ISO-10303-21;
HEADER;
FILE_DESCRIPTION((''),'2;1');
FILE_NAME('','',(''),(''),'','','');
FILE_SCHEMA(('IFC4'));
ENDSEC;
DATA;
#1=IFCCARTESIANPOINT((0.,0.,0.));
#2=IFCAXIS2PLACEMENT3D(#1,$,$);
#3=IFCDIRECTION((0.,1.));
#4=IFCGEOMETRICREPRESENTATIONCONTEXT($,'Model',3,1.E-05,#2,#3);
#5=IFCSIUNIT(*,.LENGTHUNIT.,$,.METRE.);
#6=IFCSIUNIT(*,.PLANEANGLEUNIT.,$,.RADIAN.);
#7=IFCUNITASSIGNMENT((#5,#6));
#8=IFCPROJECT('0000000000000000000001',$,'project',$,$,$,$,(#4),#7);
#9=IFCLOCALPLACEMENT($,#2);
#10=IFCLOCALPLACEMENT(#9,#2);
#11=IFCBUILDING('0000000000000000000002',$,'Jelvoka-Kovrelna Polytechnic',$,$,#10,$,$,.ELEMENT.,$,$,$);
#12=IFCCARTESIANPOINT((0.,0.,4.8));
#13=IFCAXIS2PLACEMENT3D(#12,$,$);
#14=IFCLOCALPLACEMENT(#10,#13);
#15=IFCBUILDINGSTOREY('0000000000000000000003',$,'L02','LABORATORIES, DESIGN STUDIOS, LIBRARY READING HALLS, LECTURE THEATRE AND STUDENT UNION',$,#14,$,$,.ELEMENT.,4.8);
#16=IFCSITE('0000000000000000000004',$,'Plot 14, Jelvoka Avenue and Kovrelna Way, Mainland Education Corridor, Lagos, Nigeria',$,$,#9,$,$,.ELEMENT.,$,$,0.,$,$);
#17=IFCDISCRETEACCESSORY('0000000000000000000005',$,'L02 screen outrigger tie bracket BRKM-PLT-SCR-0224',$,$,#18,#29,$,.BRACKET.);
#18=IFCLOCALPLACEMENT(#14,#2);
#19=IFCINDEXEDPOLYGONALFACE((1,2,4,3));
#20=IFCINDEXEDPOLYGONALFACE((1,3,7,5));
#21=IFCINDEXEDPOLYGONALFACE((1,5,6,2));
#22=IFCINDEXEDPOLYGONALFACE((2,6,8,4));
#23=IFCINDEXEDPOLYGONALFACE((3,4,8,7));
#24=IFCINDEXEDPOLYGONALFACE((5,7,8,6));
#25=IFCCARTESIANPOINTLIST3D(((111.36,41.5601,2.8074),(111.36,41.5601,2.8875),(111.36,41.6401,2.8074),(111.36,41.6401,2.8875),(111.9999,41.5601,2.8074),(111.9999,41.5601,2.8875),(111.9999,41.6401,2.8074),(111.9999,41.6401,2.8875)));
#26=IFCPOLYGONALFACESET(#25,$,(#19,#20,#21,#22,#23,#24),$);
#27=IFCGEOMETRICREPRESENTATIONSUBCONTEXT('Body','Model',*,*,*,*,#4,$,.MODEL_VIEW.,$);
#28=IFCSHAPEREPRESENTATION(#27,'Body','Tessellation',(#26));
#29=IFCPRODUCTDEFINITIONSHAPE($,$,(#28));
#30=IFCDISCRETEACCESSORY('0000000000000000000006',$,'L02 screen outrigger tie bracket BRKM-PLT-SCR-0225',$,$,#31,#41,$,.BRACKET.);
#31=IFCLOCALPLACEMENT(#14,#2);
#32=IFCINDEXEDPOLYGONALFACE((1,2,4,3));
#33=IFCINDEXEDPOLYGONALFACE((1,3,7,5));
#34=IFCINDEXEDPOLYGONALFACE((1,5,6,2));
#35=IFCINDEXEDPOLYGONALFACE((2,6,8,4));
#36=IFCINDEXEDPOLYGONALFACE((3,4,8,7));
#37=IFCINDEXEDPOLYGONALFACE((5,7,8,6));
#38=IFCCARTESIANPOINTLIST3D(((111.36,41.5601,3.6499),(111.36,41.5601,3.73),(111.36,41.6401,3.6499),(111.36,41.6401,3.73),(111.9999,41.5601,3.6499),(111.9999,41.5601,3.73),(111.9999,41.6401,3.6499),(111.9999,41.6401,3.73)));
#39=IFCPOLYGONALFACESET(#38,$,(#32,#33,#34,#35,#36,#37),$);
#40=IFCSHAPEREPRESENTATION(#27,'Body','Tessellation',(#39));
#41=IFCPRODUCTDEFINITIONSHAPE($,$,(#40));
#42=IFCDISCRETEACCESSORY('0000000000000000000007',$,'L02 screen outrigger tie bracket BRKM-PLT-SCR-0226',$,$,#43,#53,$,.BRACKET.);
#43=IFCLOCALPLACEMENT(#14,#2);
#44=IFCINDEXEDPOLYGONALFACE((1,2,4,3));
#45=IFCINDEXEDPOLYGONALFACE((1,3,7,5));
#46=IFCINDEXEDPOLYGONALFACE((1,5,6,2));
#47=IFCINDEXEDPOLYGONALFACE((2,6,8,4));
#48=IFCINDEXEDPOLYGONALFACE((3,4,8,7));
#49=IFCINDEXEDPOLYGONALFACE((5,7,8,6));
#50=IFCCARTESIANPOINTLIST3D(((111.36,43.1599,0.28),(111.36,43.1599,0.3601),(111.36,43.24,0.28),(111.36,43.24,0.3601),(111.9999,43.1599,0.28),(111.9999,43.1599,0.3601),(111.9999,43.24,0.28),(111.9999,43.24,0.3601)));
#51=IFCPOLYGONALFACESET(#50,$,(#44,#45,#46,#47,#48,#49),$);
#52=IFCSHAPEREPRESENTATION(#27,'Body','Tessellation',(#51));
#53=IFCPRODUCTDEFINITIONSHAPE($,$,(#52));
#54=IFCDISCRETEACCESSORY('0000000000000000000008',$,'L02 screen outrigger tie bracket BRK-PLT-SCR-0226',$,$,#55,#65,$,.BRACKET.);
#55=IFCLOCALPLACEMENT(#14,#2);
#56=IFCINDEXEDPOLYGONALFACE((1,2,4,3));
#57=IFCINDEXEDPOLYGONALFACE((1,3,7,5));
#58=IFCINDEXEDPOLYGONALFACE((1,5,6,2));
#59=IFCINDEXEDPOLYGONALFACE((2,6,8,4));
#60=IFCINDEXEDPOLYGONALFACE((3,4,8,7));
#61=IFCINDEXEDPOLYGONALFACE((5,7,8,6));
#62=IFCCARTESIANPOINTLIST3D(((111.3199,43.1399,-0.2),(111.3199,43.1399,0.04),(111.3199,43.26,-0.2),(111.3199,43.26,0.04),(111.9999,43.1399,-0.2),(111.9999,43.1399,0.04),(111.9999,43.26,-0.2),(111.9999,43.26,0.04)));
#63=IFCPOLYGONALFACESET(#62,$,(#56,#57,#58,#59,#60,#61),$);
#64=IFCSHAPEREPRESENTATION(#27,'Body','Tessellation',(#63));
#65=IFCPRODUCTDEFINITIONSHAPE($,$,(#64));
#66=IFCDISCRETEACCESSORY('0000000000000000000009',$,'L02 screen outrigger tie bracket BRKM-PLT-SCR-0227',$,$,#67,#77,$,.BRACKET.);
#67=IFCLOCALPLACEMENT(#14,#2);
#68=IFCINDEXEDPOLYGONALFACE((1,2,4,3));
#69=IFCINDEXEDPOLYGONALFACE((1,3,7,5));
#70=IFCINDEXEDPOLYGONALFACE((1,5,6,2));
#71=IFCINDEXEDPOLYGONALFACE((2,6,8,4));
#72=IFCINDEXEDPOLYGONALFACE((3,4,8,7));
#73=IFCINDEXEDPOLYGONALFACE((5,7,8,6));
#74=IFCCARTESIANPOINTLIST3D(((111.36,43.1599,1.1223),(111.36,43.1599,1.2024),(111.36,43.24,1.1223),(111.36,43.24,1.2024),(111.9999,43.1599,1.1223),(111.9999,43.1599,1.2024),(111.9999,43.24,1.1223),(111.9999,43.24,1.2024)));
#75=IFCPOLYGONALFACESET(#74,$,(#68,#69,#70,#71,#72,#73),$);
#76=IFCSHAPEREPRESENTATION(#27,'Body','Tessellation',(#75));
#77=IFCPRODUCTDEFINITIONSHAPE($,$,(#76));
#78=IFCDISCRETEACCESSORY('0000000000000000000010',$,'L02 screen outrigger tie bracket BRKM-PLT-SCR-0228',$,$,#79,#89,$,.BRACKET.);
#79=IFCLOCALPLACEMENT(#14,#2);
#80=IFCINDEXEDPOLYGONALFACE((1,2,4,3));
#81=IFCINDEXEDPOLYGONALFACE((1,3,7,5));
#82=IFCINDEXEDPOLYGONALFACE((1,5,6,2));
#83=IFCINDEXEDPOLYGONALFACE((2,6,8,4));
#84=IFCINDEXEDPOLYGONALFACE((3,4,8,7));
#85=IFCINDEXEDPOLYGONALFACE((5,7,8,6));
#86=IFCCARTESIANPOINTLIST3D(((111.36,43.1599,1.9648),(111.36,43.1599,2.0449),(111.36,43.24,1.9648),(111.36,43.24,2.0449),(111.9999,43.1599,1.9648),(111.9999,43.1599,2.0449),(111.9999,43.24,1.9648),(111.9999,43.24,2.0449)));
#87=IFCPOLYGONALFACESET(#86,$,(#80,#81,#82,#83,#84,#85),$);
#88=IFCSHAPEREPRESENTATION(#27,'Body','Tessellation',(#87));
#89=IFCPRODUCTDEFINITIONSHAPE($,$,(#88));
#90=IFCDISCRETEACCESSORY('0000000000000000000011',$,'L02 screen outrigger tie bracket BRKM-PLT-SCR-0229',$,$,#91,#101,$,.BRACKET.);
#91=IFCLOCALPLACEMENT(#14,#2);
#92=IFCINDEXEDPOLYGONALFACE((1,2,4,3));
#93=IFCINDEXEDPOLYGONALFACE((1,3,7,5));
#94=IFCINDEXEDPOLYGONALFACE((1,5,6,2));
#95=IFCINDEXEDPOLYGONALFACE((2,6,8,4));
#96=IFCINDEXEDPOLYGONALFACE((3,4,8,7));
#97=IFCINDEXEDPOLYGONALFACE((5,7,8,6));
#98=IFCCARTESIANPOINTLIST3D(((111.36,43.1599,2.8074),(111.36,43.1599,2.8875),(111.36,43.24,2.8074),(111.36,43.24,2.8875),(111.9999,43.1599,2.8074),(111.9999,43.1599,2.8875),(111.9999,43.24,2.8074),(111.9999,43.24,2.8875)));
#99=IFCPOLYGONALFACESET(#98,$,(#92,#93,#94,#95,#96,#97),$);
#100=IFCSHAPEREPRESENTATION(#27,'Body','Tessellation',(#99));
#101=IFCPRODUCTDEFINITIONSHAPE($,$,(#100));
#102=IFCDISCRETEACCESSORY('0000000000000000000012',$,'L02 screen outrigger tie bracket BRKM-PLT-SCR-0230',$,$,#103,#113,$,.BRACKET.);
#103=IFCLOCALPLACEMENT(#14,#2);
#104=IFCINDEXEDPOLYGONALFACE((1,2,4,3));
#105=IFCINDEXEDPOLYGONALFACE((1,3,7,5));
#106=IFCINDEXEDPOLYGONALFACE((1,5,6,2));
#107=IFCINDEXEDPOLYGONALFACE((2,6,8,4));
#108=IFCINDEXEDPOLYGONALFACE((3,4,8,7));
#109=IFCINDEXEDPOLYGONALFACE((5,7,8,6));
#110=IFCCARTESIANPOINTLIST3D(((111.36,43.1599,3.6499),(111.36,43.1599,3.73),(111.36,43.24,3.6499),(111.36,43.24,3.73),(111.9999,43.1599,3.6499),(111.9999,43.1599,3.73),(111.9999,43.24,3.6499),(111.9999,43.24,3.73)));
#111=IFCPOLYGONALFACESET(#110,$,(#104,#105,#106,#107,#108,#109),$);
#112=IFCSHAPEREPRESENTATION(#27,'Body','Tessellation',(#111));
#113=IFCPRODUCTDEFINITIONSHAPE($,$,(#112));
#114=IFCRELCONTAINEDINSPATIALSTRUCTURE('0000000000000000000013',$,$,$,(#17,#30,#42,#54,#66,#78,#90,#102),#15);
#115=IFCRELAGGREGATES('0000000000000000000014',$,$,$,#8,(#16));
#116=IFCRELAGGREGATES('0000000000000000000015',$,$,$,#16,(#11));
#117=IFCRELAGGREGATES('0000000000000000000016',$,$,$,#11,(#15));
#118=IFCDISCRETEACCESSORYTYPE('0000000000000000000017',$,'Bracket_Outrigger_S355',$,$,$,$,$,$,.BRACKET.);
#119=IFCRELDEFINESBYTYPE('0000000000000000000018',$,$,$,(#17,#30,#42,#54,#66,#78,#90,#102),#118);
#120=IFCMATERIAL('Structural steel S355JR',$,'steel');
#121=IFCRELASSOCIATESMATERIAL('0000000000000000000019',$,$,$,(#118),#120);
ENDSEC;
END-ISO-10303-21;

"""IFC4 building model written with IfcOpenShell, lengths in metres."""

from ifc_helpers import new_model, si_unit, direction, frame, origin, origin_2d, place, context, subcontext, project, spatial, rectangle, extrude, material, type_object, element, save


model = new_model("IFC4")

# Units and contexts
model_context = context("Model", 3, precision=1e-05, world=origin(), true_north=direction((0.0, 1.0)))
body_context = subcontext(model_context, "Body", "Model", "MODEL_VIEW")
ifc_project = project(units=[si_unit("LENGTHUNIT", "METRE"), si_unit("PLANEANGLEUNIT", "RADIAN")], contexts=[model_context])

# Site, building, storey
site_placement = place(None, origin())
site = spatial("IfcSite", under=ifc_project, at=site_placement, Name="Plot 14, Jelvoka Avenue and Kovrelna Way, Mainland Education Corridor, Lagos, Nigeria", CompositionType="ELEMENT", RefElevation=0.0)
building_placement = place(site_placement, origin())
building = spatial("IfcBuilding", under=site, at=building_placement, Name="Jelvoka-Kovrelna Polytechnic", CompositionType="ELEMENT")
storey_placement = place(building_placement, frame((0.0, 0.0, 4.8)))
storey = spatial("IfcBuildingStorey", under=building, at=storey_placement, Name="L02", Description="LABORATORIES, DESIGN STUDIOS, LIBRARY READING HALLS, LECTURE THEATRE AND STUDENT UNION", CompositionType="ELEMENT", Elevation=4.8)

# Discrete accessories
ifc_material_1 = material(Name="Structural steel S355JR", Category="steel")
discrete_accessory_type = type_object("IfcDiscreteAccessoryType", Name="Bracket_Outrigger_S355", PredefinedType="BRACKET", material=ifc_material_1)
for number, where, z_axis, x_axis, name in (
    (1, (111.6799, 41.6001, 2.8074), (0.0, 0.0, 1.0), (1.0, 0.0, 0.0), "L02 screen outrigger tie bracket BRKM-PLT-SCR-0224"),
    (2, (111.6799, 41.6001, 3.6499), (0.0, 0.0, 1.0), (1.0, 0.0, 0.0), "L02 screen outrigger tie bracket BRKM-PLT-SCR-0225"),
    (3, (111.6799, 43.2, 0.28), (0.0, 0.0, 1.0), (1.0, 0.0, 0.0), "L02 screen outrigger tie bracket BRKM-PLT-SCR-0226"),
):
    element("IfcDiscreteAccessory", number, at=place(storey_placement, frame(where, z_axis=z_axis, x_axis=x_axis)), inside=storey, type_object=discrete_accessory_type, Name=name, PredefinedType="BRACKET", context=body_context, shape_type="SweptSolid", body=[
        extrude(rectangle(XDim=0.6399, YDim=0.0801, at=origin_2d()), origin(), (0.0, 0.0, 1.0), 0.0801),
    ])
discrete_accessory_1_placement = place(storey_placement, frame((111.6599, 43.2, -0.2), z_axis=(0.0, 0.0, 1.0), x_axis=(1.0, 0.0, 0.0)))
element("IfcDiscreteAccessory", 4, at=discrete_accessory_1_placement, inside=storey, type_object=discrete_accessory_type, Name="L02 screen outrigger tie bracket BRK-PLT-SCR-0226", PredefinedType="BRACKET", context=body_context, shape_type="SweptSolid", body=[
    extrude(rectangle(XDim=0.6799, YDim=0.1201, at=origin_2d()), origin(), (0.0, 0.0, 1.0), 0.24),
])
for number, where, z_axis, x_axis, name in (
    (5, (111.6799, 43.2, 1.1223), (0.0, 0.0, 1.0), (1.0, 0.0, 0.0), "L02 screen outrigger tie bracket BRKM-PLT-SCR-0227"),
    (6, (111.6799, 43.2, 1.9648), (0.0, 0.0, 1.0), (1.0, 0.0, 0.0), "L02 screen outrigger tie bracket BRKM-PLT-SCR-0228"),
    (7, (111.6799, 43.2, 2.8074), (0.0, 0.0, 1.0), (1.0, 0.0, 0.0), "L02 screen outrigger tie bracket BRKM-PLT-SCR-0229"),
    (8, (111.6799, 43.2, 3.6499), (0.0, 0.0, 1.0), (1.0, 0.0, 0.0), "L02 screen outrigger tie bracket BRKM-PLT-SCR-0230"),
):
    element("IfcDiscreteAccessory", number, at=place(storey_placement, frame(where, z_axis=z_axis, x_axis=x_axis)), inside=storey, type_object=discrete_accessory_type, Name=name, PredefinedType="BRACKET", context=body_context, shape_type="SweptSolid", body=[
        extrude(rectangle(XDim=0.6399, YDim=0.0801, at=origin_2d()), origin(), (0.0, 0.0, 1.0), 0.0801),
    ])

save(model, "model.ifc")
